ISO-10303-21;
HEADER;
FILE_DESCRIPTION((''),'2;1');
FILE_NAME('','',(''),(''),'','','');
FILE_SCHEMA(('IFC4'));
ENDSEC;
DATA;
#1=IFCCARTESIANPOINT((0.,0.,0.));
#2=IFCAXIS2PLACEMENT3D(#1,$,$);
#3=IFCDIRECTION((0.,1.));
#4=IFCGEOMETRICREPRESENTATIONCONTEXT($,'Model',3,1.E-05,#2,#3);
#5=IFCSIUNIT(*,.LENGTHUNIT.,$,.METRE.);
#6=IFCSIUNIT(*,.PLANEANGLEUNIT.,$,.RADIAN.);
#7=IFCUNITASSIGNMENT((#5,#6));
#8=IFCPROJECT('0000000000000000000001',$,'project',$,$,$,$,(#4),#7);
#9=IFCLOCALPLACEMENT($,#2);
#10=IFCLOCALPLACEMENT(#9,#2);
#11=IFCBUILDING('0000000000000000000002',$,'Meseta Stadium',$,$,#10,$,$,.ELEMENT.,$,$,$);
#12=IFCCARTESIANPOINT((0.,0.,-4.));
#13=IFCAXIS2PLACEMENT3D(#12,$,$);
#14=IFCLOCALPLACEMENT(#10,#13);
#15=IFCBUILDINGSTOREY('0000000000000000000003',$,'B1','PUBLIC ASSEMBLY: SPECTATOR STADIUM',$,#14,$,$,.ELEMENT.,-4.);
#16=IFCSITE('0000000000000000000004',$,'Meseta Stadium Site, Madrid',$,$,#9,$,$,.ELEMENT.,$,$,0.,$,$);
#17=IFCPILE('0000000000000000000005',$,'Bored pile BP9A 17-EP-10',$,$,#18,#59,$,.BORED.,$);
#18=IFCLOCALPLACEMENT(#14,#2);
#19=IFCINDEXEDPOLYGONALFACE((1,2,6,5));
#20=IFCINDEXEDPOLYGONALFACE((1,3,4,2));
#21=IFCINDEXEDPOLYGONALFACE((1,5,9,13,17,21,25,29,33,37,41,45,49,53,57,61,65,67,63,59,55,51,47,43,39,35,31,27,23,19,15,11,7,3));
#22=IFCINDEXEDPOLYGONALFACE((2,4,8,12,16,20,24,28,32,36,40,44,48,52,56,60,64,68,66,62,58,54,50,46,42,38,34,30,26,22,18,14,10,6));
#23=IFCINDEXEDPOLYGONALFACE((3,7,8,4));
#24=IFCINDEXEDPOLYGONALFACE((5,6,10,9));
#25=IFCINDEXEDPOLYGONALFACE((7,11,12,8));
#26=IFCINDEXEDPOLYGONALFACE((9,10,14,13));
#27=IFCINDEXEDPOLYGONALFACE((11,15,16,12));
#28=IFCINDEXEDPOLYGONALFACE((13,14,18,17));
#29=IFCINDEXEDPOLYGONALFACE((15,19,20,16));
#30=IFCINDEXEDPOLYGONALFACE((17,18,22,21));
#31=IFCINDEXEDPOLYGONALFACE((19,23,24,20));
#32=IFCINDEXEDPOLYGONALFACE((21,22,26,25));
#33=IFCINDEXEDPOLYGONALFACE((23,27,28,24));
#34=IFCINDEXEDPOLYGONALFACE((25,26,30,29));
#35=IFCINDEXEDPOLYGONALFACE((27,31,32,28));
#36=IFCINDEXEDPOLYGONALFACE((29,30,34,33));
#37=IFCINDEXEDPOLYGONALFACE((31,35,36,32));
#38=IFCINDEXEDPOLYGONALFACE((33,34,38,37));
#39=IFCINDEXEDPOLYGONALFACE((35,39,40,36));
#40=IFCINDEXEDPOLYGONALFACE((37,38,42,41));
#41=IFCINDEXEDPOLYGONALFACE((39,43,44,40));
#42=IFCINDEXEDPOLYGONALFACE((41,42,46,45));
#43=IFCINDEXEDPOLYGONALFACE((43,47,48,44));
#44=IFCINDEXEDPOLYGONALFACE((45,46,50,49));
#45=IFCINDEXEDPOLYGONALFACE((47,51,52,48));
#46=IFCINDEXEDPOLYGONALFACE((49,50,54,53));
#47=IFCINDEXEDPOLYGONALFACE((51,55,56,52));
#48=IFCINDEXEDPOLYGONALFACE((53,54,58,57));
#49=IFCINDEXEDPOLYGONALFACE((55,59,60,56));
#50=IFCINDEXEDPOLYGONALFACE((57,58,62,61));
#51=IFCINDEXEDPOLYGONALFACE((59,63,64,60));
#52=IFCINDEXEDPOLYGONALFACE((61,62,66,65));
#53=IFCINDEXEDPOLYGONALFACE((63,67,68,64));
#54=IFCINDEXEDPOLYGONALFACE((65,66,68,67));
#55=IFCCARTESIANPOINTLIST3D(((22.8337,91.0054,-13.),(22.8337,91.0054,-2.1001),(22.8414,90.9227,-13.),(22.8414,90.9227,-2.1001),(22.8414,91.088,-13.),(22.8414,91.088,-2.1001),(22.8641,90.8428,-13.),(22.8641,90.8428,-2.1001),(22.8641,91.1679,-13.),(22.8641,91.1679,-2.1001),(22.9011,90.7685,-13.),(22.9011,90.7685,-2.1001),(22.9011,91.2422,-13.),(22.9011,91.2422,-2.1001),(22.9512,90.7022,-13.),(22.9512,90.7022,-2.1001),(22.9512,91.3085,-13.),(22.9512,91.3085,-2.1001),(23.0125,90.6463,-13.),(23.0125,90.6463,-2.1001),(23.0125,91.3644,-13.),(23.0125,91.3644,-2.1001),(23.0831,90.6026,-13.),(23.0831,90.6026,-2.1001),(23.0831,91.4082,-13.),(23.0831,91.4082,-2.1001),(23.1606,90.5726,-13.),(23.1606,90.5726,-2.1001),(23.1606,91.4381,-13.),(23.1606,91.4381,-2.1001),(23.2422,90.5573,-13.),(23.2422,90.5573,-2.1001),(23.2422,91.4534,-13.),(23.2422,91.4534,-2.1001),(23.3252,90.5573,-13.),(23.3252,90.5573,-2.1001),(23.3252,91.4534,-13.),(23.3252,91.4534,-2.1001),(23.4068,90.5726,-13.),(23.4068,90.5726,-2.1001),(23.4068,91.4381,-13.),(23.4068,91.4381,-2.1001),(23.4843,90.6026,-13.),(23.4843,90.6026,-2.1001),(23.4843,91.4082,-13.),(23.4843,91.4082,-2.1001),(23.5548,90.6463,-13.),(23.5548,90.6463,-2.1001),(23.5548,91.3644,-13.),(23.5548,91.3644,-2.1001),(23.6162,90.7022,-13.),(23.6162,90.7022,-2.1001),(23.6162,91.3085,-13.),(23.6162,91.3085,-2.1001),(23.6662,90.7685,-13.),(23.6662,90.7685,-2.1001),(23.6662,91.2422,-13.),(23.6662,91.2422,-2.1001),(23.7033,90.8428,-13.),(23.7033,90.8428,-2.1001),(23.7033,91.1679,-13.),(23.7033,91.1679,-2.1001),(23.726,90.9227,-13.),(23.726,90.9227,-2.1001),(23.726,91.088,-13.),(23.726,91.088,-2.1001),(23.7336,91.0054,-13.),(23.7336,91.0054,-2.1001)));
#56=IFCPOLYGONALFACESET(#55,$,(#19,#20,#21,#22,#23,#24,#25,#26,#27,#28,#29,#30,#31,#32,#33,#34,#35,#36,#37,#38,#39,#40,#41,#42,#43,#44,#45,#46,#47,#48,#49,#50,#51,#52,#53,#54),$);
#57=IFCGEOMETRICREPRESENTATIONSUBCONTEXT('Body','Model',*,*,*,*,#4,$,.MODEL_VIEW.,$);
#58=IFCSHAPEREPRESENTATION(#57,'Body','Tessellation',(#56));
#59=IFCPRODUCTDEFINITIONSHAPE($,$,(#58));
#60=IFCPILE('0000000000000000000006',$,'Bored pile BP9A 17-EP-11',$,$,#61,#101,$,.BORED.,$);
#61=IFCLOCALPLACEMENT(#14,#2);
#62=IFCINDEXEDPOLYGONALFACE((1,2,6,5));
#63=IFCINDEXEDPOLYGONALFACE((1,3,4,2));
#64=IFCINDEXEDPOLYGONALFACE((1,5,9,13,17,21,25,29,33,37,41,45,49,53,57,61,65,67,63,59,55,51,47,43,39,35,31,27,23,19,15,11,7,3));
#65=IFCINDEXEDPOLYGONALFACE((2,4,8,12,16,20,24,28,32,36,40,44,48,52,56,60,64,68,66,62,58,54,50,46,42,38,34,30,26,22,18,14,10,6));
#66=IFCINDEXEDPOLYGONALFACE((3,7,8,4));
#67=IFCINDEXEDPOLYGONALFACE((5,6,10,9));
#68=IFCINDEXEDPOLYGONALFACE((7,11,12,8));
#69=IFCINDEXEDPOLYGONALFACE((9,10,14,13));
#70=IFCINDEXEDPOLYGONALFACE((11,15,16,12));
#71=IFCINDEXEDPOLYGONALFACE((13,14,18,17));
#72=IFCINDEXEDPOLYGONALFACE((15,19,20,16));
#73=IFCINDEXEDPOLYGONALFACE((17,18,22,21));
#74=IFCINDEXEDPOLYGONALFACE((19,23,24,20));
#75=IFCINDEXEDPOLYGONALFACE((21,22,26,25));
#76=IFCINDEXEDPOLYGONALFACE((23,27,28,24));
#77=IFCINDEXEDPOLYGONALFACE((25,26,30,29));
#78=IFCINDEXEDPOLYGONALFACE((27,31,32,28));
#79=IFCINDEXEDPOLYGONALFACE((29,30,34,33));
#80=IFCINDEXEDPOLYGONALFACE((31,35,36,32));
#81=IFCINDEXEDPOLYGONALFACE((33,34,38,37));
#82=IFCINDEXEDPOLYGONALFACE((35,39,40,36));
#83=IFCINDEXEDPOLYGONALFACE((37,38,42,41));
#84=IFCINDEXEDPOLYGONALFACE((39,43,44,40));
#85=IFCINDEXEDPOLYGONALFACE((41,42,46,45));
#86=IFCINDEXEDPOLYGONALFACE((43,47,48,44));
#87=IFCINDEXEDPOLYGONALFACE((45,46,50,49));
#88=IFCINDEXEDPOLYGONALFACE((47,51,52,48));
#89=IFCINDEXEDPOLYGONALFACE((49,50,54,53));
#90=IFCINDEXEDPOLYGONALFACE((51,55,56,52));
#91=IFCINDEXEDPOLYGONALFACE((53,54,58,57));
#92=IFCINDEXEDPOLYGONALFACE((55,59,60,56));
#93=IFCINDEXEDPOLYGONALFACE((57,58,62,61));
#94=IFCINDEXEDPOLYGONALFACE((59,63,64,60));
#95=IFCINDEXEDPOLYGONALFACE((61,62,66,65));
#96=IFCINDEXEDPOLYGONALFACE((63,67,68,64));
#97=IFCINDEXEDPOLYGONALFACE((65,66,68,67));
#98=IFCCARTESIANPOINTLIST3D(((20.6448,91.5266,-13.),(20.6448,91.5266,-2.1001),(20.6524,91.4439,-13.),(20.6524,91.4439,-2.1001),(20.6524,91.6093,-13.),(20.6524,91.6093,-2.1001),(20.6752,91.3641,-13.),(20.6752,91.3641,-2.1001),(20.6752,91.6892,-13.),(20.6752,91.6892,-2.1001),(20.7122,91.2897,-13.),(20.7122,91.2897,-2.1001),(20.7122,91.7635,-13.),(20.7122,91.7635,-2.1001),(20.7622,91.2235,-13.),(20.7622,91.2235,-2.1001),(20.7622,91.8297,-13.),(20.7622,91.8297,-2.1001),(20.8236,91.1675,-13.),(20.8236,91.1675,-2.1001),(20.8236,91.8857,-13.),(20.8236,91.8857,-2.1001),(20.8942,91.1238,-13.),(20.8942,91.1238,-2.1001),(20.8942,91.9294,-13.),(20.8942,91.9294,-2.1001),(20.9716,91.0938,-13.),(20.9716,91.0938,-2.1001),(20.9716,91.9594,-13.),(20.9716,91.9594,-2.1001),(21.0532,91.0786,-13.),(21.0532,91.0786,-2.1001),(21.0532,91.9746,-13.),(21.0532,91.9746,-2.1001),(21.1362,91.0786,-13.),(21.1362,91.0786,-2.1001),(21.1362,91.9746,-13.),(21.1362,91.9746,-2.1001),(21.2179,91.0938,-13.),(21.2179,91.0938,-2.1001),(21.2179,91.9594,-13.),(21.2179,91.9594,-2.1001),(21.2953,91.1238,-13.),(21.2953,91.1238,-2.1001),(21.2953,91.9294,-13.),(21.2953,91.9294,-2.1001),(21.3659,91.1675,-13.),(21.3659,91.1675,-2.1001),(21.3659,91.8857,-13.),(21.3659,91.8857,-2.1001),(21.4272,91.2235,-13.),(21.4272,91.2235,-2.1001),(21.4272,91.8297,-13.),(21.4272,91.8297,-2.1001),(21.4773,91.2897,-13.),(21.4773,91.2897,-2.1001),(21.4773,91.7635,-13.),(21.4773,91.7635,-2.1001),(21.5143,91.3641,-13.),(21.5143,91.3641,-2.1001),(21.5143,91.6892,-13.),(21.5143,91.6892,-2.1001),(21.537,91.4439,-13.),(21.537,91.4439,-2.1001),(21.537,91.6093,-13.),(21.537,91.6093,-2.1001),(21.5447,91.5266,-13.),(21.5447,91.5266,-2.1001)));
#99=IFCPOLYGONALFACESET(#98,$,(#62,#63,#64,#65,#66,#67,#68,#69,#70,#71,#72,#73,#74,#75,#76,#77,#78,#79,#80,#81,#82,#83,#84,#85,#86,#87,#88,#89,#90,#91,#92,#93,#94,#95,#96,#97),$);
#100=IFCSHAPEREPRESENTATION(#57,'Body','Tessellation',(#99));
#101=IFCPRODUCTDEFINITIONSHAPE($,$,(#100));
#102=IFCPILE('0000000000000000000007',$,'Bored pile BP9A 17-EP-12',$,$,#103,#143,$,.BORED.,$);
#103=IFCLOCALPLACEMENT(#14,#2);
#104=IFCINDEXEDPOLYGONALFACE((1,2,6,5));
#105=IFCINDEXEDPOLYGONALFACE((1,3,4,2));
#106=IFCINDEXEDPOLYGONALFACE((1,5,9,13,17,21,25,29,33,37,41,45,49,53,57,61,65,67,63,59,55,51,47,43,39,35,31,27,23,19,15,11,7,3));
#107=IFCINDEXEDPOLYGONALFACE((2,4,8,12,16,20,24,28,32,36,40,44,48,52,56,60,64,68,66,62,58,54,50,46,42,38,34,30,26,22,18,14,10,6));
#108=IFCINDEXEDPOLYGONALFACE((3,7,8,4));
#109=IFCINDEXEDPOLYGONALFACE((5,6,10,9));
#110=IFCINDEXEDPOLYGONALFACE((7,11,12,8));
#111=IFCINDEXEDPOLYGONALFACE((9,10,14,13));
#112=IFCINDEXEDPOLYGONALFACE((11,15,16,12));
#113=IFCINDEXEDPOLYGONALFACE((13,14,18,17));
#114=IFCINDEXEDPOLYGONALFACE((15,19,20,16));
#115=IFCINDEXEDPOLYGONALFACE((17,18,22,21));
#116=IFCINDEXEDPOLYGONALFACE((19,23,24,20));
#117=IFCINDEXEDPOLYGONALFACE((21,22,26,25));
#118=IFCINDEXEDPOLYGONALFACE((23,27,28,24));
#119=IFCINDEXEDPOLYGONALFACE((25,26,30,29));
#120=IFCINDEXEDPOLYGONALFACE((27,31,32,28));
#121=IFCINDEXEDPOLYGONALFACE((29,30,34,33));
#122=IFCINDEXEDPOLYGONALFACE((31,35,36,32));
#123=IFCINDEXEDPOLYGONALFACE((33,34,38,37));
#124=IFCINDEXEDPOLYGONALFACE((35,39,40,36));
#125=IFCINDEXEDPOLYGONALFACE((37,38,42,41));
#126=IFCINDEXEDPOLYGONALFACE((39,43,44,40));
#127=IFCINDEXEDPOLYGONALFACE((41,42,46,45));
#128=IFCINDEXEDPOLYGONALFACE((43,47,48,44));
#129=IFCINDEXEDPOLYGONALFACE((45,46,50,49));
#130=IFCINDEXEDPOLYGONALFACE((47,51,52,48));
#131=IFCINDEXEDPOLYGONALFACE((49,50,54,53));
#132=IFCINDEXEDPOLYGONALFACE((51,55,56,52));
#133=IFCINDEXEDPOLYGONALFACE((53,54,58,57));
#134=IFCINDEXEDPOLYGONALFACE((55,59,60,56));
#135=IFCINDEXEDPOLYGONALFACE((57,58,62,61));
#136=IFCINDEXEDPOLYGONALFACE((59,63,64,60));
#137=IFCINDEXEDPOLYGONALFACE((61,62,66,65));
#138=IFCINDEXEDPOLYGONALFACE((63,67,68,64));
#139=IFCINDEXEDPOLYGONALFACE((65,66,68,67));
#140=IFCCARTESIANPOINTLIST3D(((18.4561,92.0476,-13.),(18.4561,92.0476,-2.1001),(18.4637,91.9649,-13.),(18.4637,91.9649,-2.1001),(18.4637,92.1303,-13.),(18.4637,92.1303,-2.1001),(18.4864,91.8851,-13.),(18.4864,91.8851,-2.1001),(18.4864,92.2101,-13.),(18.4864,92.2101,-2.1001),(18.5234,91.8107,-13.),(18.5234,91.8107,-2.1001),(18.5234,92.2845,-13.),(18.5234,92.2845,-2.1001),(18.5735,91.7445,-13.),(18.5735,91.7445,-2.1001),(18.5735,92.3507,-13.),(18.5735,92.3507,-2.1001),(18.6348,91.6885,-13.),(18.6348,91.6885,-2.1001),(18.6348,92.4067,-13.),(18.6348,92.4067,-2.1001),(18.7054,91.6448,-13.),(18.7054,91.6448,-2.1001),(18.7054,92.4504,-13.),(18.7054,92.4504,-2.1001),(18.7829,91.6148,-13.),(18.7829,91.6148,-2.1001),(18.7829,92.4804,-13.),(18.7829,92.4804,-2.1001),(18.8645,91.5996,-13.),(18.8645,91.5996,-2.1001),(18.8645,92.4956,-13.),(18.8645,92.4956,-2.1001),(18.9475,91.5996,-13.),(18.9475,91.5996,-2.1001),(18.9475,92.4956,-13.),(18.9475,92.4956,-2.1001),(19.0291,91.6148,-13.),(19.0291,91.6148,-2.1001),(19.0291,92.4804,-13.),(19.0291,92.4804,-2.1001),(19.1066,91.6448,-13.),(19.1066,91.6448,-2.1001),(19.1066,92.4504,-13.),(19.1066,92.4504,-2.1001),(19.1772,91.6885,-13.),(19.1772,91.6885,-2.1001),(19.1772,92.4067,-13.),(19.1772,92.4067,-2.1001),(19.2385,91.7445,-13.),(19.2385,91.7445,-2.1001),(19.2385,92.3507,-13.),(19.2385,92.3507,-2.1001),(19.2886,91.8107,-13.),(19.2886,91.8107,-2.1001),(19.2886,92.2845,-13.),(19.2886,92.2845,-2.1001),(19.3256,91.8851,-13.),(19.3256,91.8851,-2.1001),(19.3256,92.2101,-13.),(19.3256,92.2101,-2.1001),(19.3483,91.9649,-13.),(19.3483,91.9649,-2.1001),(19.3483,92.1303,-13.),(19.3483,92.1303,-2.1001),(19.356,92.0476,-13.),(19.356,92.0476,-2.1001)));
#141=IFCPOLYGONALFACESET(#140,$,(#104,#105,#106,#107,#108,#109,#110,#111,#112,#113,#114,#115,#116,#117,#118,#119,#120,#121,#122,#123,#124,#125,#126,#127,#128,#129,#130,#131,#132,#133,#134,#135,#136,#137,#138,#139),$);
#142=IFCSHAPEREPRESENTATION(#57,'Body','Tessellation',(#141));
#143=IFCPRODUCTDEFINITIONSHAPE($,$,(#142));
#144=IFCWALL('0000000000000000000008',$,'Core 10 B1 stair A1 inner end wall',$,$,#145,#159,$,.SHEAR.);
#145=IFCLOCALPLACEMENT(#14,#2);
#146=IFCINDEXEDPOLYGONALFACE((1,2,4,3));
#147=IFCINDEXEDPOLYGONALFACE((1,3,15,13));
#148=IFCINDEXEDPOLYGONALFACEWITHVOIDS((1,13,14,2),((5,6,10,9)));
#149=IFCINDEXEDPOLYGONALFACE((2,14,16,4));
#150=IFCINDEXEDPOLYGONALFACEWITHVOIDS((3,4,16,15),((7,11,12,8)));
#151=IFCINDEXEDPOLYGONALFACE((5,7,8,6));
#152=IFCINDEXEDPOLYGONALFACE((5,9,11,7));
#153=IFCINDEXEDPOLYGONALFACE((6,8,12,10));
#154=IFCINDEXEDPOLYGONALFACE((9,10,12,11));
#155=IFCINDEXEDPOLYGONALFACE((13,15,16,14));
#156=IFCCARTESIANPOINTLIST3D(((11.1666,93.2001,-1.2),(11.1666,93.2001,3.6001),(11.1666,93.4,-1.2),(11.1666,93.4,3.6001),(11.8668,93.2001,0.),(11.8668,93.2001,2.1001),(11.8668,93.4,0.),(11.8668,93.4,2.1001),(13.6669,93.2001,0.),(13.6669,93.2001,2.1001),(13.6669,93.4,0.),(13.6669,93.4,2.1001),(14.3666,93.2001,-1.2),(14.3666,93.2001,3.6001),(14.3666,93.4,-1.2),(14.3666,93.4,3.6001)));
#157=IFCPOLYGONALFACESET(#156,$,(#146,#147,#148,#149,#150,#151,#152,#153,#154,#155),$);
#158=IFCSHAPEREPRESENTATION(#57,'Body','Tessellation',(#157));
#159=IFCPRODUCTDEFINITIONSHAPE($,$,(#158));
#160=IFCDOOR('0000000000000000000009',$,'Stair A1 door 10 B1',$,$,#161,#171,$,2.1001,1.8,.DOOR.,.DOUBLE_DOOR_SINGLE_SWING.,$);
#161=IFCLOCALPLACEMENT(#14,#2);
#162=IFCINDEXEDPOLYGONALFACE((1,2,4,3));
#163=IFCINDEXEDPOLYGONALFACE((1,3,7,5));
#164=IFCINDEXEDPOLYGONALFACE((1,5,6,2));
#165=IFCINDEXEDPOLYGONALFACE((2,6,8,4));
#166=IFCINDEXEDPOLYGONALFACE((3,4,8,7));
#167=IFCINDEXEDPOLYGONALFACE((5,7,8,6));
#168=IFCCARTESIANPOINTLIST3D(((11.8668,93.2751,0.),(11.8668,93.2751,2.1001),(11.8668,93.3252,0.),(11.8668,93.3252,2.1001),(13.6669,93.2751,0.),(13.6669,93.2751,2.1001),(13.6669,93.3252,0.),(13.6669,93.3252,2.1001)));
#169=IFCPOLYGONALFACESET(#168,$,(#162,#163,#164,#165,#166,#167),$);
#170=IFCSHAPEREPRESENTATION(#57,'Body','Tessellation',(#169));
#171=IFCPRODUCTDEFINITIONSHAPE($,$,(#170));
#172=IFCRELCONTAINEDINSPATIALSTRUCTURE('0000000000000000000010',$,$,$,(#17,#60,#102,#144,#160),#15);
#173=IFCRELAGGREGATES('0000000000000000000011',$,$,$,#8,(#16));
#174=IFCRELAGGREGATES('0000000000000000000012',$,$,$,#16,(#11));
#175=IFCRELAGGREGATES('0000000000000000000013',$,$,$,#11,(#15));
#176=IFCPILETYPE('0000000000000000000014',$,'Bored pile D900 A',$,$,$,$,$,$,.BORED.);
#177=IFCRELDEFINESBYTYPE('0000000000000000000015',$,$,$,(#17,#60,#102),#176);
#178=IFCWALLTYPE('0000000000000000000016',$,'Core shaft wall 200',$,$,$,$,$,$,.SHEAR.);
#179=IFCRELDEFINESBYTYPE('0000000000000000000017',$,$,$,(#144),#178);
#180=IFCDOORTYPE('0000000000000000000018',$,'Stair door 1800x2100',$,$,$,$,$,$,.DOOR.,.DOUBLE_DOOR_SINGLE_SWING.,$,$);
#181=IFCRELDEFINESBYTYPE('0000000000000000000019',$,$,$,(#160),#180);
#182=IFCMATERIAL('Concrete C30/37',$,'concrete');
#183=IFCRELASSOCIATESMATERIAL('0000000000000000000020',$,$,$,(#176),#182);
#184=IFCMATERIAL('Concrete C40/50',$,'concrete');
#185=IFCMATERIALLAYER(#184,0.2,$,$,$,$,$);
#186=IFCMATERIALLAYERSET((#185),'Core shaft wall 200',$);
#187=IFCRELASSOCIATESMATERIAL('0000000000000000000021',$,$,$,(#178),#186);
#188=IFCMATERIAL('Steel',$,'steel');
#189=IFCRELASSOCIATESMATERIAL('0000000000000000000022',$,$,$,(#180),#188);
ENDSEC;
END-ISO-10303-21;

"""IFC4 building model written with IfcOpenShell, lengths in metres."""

from ifc_helpers import new_model, si_unit, direction, frame, frame_2d, origin, origin_2d, place, context, subcontext, project, spatial, rectangle, circle, extrude, material, layer, layer_set, material_profile, profile_set, type_object, element, fill, save


model = new_model("IFC4")

# Units and contexts
model_context = context("Model", 3, precision=1e-05, world=origin(), true_north=direction((0.0, 1.0)))
body_context = subcontext(model_context, "Body", "Model", "MODEL_VIEW")
ifc_project = project(units=[si_unit("LENGTHUNIT", "METRE"), si_unit("PLANEANGLEUNIT", "RADIAN")], contexts=[model_context])

# Site, building, storey
site_placement = place(None, origin())
site = spatial("IfcSite", under=ifc_project, at=site_placement, Name="Meseta Stadium Site, Madrid", CompositionType="ELEMENT", RefElevation=0.0)
building_placement = place(site_placement, origin())
building = spatial("IfcBuilding", under=site, at=building_placement, Name="Meseta Stadium", CompositionType="ELEMENT")
storey_placement = place(building_placement, frame((0.0, 0.0, -4.0)))
storey = spatial("IfcBuildingStorey", under=building, at=storey_placement, Name="B1", Description="PUBLIC ASSEMBLY: SPECTATOR STADIUM", CompositionType="ELEMENT", Elevation=-4.0)

# Piles
ifc_material_1 = material(Name="Concrete C30/37", Category="concrete")
ifc_material_profile = material_profile(ifc_material_1, circle(Radius=0.45, at=origin_2d()), Name="D900")
ifc_profile_set = profile_set([ifc_material_profile], Name="Concrete C30/37")
pile_type = type_object("IfcPileType", Name="Bored pile D900 A", PredefinedType="BORED", material=ifc_profile_set)
for number, where, z_axis, x_axis, name in (
    (1, (23.2837, 91.0054, -2.1001), (0.0, 0.0, -1.0), (1.0, 0.0, 0.0), "Bored pile BP9A 17-EP-10"),
    (2, (21.0947, 91.5266, -2.1001), (0.0, 0.0, -1.0), (1.0, 0.0, 0.0), "Bored pile BP9A 17-EP-11"),
    (3, (18.906, 92.0476, -2.1001), (0.0, 0.0, -1.0), (1.0, 0.0, 0.0), "Bored pile BP9A 17-EP-12"),
):
    element("IfcPile", number, at=place(storey_placement, frame(where, z_axis=z_axis, x_axis=x_axis)), inside=storey, type_object=pile_type, Name=name, PredefinedType="BORED", context=body_context, shape_type="SweptSolid", body=[
        extrude(circle(Radius=0.45, at=origin_2d()), origin(), (0.0, 0.0, 1.0), 10.8999),
    ])

# Wall, opening, door
ifc_material_2 = material(Name="Concrete C40/50", Category="concrete")
ifc_layer_1 = layer(ifc_material_2, 0.2)
ifc_layer_set_1 = layer_set([ifc_layer_1], Name="Core shaft wall 200")
wall_type_1 = type_object("IfcWallType", Name="Core shaft wall 200", PredefinedType="SHEAR", material=ifc_layer_set_1)
wall_1_placement = place(storey_placement, frame((14.3667, 93.3, -1.2), z_axis=(0.0, 0.0, 1.0), x_axis=(-1.0, 0.0, 0.0)))
wall_1 = element("IfcWall", 4, at=wall_1_placement, inside=storey, type_object=wall_type_1, Name="Core 10 B1 stair A1 inner end wall", PredefinedType="SHEAR", context=body_context, shape_type="SweptSolid", body=[
    extrude(rectangle(XDim=3.2, YDim=0.2, at=frame_2d((1.6001, 0.0))), origin(), (0.0, 0.0, 1.0), 4.8),
])
opening_1_placement = place(wall_1_placement, frame((0.7, 0.0, 1.2)))
opening_1 = element("IfcOpeningElement", 5, at=opening_1_placement, cuts=wall_1, PredefinedType="OPENING", context=body_context, shape_type="SweptSolid", body=[
    extrude(rectangle(XDim=1.8, YDim=2.1001, at=frame_2d((0.8999, 1.05))), frame((0.0, 0.1099, 0.0), z_axis=(0.0, -1.0, 0.0), x_axis=(1.0, 0.0, 0.0)), (0.0, 0.0, 1.0), 0.22),
])
ifc_material_3 = material(Name="Steel", Category="steel")
door_type = type_object("IfcDoorType", Name="Stair door 1800x2100", OperationType="DOUBLE_DOOR_SINGLE_SWING", PredefinedType="DOOR", material=ifc_material_3)
door_1_placement = place(opening_1_placement, origin())
door_1 = element("IfcDoor", 6, at=door_1_placement, inside=storey, type_object=door_type, Name="Stair A1 door 10 B1", OperationType="DOUBLE_DOOR_SINGLE_SWING", OverallHeight=2.1001, OverallWidth=1.8, PredefinedType="DOOR", context=body_context, shape_type="SweptSolid", body=[
    extrude(rectangle(XDim=1.8, YDim=2.1001, at=frame_2d((0.8999, 1.05))), frame((0.0, 0.0249, 0.0), z_axis=(0.0, -1.0, 0.0), x_axis=(1.0, 0.0, 0.0)), (0.0, 0.0, 1.0), 0.05),
])
fill(opening_1, door_1)

save(model, "model.ifc")
